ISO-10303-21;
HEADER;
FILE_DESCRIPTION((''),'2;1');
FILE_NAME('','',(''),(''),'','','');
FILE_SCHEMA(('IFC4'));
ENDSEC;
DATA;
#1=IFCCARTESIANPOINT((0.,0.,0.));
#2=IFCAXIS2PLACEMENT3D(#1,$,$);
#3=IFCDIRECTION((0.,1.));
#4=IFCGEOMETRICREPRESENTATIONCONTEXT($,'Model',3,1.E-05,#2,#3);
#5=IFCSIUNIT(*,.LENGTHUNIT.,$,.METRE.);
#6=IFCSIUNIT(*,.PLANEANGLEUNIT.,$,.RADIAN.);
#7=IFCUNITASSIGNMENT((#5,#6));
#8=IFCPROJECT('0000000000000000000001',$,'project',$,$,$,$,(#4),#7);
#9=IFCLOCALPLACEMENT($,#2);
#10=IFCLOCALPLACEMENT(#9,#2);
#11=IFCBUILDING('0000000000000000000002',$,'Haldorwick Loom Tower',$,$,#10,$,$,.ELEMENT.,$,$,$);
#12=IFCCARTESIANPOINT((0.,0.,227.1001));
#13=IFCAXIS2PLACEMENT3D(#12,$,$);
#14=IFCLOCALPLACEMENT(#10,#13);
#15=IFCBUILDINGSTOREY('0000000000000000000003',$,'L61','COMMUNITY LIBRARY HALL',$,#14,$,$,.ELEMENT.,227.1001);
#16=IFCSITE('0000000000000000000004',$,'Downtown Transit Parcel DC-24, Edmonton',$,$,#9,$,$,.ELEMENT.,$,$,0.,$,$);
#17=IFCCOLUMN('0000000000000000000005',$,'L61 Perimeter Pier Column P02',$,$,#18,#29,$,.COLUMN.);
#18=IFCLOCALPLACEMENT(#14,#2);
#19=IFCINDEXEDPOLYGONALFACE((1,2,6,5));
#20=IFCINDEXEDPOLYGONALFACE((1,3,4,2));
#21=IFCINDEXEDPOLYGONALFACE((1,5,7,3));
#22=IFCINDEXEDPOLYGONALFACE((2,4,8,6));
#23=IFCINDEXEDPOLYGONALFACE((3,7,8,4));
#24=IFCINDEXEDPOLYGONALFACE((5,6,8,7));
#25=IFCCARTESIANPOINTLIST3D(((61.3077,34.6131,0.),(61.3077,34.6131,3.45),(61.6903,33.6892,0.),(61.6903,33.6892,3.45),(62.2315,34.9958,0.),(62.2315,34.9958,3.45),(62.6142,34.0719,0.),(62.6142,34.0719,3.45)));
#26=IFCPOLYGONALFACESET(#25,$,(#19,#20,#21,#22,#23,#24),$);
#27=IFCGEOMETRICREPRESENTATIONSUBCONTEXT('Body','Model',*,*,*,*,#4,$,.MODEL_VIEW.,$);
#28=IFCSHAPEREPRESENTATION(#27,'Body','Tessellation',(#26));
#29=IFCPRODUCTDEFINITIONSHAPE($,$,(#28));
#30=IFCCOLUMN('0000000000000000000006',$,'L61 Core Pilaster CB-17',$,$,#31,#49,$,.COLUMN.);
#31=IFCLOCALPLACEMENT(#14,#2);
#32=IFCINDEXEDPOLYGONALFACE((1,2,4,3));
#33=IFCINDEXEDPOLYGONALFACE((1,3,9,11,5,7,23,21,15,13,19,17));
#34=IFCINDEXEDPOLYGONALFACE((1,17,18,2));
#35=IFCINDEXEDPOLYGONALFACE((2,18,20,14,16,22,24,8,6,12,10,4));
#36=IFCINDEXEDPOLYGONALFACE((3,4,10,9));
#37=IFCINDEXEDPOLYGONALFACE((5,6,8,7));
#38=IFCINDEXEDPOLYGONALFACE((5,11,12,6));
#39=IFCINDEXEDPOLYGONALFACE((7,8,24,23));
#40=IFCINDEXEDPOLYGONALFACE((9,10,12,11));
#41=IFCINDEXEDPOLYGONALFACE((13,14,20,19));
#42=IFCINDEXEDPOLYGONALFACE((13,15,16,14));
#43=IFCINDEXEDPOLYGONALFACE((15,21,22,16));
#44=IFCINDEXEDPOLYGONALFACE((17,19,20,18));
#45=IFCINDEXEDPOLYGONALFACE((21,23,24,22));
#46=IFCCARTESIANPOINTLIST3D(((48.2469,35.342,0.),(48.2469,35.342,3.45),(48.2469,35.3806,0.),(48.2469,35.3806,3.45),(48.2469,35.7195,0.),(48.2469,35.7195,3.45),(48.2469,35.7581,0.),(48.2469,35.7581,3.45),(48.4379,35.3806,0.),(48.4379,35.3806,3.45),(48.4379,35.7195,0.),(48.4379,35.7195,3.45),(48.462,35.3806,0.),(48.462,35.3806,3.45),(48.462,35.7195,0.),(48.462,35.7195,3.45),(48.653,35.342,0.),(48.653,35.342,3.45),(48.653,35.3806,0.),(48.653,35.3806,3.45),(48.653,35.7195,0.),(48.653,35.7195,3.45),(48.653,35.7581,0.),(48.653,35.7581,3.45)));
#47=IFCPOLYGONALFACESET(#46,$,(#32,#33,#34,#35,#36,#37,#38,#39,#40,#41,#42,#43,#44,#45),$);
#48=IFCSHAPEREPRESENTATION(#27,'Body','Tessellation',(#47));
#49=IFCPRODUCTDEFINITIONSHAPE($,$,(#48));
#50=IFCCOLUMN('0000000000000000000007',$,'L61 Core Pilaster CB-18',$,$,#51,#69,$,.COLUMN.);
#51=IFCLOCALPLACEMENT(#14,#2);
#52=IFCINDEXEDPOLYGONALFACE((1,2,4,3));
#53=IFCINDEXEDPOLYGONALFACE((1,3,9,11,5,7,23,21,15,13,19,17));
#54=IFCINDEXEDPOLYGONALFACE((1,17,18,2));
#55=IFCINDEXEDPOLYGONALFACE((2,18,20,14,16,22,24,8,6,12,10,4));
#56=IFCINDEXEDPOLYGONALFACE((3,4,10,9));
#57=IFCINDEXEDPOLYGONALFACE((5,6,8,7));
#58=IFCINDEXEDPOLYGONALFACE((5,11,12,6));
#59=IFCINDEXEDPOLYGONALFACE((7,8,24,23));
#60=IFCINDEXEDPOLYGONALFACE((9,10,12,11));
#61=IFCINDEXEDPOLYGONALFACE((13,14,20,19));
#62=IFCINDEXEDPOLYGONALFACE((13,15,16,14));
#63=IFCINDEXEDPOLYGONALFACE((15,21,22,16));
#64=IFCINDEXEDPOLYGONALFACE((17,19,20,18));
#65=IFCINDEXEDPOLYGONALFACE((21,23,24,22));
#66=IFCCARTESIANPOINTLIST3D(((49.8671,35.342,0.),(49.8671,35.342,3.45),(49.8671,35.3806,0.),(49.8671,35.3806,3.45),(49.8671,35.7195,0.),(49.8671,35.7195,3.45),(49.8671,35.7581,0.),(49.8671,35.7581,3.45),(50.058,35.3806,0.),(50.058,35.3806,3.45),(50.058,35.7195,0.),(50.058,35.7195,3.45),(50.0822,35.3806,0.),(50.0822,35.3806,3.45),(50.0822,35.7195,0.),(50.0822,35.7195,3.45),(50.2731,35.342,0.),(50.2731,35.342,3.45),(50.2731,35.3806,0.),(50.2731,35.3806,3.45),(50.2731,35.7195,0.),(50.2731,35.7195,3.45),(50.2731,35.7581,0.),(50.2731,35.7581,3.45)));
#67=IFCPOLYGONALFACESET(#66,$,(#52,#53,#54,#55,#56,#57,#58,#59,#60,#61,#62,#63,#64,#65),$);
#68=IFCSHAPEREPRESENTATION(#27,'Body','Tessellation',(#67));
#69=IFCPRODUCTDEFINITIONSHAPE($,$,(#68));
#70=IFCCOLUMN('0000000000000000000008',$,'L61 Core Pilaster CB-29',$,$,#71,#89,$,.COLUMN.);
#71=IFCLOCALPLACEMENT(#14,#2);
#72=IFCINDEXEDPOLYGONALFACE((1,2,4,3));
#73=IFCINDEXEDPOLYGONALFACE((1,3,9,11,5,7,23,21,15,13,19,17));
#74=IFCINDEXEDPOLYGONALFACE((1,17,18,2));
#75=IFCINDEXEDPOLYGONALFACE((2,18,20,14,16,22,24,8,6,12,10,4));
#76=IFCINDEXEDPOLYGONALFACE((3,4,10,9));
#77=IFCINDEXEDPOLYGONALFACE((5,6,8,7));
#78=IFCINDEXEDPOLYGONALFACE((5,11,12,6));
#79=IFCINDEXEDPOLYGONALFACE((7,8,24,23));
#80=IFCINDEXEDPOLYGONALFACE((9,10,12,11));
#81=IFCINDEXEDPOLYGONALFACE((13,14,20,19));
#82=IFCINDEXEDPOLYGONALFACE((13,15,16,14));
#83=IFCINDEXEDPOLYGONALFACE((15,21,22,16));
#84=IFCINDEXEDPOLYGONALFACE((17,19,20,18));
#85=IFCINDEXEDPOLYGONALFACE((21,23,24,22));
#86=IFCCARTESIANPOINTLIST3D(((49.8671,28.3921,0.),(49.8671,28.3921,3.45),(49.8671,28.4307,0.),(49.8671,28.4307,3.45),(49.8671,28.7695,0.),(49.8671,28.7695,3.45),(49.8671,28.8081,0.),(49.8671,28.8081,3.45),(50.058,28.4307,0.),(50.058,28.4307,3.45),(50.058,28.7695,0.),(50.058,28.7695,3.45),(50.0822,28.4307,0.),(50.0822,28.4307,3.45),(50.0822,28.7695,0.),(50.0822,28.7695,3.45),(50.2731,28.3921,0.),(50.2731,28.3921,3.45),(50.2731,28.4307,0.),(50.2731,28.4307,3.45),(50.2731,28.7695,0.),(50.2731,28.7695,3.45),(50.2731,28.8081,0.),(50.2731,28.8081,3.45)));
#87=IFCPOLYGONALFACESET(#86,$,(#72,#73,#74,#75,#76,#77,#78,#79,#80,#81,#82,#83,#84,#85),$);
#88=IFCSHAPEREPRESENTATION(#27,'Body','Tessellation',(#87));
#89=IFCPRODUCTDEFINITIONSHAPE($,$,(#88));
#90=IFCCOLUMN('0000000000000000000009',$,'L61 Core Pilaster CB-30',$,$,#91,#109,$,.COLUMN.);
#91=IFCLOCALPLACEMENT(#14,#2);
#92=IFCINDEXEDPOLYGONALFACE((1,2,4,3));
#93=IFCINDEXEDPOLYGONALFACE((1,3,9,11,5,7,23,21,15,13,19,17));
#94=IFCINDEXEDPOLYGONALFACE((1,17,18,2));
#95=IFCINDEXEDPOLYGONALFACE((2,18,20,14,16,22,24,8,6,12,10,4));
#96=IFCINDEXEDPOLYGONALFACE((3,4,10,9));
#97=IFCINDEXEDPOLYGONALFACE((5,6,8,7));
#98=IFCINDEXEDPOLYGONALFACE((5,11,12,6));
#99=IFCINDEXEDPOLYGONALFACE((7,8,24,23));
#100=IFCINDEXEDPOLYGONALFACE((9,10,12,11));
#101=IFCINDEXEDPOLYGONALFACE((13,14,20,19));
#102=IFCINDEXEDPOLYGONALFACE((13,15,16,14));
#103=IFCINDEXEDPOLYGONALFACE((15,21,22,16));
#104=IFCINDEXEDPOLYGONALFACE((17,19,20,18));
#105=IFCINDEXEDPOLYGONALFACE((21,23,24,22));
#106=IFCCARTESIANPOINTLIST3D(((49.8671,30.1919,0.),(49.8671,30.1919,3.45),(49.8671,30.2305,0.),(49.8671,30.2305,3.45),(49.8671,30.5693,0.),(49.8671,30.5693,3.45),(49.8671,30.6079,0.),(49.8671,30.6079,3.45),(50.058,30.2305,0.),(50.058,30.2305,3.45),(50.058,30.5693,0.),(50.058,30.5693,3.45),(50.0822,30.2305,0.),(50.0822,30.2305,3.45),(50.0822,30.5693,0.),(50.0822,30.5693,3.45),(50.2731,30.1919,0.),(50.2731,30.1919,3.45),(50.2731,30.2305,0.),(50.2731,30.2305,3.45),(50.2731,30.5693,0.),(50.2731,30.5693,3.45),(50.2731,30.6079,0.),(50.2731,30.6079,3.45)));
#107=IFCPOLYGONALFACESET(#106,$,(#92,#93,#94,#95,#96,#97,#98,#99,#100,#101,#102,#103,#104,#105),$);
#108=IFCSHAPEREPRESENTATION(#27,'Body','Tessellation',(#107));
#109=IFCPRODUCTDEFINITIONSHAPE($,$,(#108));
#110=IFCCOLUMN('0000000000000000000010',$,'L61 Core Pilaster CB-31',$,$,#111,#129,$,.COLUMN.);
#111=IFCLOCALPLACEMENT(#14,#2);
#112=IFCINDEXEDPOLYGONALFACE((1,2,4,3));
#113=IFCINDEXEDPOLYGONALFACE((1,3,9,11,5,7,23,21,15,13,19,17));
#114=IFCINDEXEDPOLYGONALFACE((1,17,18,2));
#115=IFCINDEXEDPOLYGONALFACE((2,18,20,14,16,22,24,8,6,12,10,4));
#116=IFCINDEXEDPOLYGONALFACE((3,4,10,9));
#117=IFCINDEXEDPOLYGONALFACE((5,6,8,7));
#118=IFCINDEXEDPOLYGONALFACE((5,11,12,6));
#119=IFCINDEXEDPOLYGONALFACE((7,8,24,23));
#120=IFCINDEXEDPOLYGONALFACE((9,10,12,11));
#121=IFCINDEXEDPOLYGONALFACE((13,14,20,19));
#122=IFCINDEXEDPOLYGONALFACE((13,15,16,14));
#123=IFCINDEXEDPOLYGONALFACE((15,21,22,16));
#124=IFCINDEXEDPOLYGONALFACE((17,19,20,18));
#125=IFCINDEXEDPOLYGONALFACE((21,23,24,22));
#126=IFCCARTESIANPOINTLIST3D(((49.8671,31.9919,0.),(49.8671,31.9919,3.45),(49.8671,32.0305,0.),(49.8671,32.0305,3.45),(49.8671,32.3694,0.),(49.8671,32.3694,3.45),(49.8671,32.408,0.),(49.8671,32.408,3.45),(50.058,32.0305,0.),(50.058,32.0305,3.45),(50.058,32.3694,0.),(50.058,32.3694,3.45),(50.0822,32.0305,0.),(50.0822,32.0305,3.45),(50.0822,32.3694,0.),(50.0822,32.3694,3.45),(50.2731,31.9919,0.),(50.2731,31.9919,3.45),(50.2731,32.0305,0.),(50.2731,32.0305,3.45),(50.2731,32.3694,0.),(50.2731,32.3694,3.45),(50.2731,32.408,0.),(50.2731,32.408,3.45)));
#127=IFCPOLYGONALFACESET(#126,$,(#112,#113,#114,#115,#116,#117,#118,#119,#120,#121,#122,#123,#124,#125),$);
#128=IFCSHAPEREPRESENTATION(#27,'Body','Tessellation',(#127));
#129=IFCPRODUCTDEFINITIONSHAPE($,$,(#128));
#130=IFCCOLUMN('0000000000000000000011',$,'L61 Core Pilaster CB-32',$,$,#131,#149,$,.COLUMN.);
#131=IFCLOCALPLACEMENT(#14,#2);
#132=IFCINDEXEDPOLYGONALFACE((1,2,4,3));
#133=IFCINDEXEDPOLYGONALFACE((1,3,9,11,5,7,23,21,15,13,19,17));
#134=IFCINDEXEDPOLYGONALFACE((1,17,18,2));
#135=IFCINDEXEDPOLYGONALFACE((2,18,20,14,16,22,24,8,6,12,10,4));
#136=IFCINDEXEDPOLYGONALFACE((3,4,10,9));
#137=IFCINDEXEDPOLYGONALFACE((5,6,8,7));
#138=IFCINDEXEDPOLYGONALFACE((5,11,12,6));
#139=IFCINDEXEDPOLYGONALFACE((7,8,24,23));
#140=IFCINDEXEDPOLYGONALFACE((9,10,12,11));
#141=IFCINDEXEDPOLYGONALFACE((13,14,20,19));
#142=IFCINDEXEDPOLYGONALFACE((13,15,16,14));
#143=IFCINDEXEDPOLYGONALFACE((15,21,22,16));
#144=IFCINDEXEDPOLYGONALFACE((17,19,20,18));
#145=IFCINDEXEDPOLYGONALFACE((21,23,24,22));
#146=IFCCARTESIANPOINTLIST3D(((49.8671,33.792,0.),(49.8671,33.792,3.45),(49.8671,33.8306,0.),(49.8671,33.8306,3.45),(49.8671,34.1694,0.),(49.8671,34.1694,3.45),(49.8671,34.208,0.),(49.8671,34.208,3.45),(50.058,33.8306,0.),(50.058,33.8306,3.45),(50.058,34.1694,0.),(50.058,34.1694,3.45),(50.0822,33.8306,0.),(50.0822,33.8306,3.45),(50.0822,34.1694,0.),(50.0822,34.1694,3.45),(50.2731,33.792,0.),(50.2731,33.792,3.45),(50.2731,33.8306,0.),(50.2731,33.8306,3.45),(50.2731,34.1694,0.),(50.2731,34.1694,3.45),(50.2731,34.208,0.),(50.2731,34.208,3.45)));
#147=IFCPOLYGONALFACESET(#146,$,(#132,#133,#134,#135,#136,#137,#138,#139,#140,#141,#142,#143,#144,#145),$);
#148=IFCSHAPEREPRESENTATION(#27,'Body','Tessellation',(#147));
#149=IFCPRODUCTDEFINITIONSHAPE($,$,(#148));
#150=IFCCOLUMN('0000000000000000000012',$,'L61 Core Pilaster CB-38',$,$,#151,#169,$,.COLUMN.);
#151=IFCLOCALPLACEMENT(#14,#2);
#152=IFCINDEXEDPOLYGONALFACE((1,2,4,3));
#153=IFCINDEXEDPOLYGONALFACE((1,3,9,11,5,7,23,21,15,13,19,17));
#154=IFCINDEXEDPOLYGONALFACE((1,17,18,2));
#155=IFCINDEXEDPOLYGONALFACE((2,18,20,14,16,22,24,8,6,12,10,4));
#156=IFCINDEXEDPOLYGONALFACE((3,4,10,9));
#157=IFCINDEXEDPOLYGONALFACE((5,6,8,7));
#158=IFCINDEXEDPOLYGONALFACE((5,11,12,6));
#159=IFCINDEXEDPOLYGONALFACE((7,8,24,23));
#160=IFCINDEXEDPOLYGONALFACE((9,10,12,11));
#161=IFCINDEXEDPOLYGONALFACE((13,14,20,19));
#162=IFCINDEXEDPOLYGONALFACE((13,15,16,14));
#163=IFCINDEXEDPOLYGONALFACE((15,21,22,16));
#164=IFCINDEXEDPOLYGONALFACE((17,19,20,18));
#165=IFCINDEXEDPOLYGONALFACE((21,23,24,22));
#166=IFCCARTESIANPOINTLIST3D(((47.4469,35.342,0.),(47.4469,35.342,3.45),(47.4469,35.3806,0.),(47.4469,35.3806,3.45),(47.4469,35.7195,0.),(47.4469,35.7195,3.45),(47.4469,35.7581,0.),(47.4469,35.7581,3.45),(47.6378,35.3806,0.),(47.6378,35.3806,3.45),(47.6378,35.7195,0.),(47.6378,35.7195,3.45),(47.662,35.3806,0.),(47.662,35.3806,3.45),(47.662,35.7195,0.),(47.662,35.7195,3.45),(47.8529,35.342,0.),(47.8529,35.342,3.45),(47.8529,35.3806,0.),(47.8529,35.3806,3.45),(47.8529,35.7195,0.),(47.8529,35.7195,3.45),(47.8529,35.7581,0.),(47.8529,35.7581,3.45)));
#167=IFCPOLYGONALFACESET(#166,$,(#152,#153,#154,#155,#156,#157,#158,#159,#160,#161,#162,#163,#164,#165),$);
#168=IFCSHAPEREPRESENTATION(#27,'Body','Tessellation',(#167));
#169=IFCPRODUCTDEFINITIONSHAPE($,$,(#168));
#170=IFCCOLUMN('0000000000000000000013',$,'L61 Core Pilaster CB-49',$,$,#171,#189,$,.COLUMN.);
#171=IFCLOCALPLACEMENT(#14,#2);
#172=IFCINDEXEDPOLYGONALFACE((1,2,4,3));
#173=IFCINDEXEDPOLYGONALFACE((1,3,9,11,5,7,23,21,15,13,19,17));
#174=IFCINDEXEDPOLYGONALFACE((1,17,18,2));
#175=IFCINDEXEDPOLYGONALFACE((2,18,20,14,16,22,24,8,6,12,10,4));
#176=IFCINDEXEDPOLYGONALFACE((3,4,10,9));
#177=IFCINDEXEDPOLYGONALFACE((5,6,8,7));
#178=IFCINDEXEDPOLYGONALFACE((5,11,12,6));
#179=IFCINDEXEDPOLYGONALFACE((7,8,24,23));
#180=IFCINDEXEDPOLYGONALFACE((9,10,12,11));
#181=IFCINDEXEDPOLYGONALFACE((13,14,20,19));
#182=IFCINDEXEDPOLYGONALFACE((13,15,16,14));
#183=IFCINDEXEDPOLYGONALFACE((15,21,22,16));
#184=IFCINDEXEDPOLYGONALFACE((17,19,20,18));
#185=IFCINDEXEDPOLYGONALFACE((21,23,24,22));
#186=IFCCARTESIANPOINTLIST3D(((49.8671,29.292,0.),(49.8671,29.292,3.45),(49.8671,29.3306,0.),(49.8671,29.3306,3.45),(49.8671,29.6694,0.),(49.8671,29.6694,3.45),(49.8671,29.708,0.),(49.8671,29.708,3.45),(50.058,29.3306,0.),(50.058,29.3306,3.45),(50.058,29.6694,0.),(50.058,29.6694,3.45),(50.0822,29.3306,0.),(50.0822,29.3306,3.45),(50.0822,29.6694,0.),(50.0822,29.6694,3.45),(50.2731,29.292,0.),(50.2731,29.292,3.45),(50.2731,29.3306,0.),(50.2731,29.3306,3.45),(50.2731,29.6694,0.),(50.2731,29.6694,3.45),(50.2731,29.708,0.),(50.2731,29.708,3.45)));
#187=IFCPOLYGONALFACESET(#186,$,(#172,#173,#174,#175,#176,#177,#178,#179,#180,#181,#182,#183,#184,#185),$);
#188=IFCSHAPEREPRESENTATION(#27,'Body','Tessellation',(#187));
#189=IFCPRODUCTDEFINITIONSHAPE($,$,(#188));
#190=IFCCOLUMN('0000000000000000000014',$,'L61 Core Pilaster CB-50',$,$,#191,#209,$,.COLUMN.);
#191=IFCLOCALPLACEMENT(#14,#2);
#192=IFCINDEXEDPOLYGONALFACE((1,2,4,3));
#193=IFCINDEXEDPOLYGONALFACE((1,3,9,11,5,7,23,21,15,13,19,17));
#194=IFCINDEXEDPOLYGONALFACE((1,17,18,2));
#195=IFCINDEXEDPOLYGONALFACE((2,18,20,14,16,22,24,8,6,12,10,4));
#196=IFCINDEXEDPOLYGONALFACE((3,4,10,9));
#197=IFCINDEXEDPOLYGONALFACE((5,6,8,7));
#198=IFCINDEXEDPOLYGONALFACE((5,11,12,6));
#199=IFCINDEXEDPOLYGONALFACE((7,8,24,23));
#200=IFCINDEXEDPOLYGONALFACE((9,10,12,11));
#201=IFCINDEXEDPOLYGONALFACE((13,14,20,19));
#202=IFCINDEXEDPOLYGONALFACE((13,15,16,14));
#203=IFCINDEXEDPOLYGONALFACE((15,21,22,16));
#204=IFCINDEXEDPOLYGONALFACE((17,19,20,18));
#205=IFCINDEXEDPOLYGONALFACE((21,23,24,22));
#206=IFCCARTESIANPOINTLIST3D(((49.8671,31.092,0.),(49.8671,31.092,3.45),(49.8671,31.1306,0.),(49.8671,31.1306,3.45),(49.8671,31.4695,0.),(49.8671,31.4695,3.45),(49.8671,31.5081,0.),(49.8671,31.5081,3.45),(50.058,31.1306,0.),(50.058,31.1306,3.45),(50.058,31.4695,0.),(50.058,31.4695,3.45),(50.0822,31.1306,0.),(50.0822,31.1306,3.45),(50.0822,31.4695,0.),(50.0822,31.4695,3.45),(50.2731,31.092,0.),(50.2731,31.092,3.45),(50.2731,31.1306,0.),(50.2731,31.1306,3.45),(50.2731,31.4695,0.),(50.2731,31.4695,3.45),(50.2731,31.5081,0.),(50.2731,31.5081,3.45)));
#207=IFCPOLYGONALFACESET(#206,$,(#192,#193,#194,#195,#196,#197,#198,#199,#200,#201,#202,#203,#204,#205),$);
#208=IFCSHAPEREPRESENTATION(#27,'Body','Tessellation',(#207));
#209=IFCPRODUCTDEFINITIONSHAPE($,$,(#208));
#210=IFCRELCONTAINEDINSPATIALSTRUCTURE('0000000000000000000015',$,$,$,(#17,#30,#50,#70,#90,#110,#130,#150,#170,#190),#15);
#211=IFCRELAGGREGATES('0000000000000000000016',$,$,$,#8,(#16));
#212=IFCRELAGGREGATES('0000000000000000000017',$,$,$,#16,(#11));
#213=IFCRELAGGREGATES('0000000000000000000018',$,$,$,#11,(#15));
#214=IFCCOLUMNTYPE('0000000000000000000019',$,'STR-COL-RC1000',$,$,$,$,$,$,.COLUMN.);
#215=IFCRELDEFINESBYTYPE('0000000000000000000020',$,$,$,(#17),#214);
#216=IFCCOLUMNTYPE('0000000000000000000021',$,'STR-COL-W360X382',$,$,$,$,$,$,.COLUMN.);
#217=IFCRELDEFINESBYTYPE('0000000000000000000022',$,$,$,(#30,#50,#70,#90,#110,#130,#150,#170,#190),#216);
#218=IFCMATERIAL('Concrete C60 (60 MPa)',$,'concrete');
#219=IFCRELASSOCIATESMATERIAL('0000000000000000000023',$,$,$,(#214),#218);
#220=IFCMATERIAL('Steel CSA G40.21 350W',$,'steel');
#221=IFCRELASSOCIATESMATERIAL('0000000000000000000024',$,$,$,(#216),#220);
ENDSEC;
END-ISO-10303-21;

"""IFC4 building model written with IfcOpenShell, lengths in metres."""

from ifc_helpers import new_model, si_unit, direction, frame, origin, origin_2d, place, context, subcontext, project, spatial, rectangle, i_section, extrude, material, material_profile, profile_set, type_object, element, save


model = new_model("IFC4")

# Units and contexts
model_context = context("Model", 3, precision=1e-05, world=origin(), true_north=direction((0.0, 1.0)))
body_context = subcontext(model_context, "Body", "Model", "MODEL_VIEW")
ifc_project = project(units=[si_unit("LENGTHUNIT", "METRE"), si_unit("PLANEANGLEUNIT", "RADIAN")], contexts=[model_context])

# Site, building, storey
site_placement = place(None, origin())
site = spatial("IfcSite", under=ifc_project, at=site_placement, Name="Downtown Transit Parcel DC-24, Edmonton", CompositionType="ELEMENT", RefElevation=0.0)
building_placement = place(site_placement, origin())
building = spatial("IfcBuilding", under=site, at=building_placement, Name="Haldorwick Loom Tower", CompositionType="ELEMENT")
storey_placement = place(building_placement, frame((0.0, 0.0, 227.1001)))
storey = spatial("IfcBuildingStorey", under=building, at=storey_placement, Name="L61", Description="COMMUNITY LIBRARY HALL", CompositionType="ELEMENT", Elevation=227.1001)

# Columns
ifc_material_1 = material(Name="Concrete C60 (60 MPa)", Category="concrete")
ifc_material_profile_1 = material_profile(ifc_material_1, rectangle(XDim=1.0, YDim=1.0, at=origin_2d()), Name="RC1000X1000", Category="concrete")
ifc_profile_set_1 = profile_set([ifc_material_profile_1], Name="Concrete C60 (60 MPa)")
column_type_1 = type_object("IfcColumnType", Name="STR-COL-RC1000", PredefinedType="COLUMN", material=ifc_profile_set_1)
column_placement = place(storey_placement, frame((61.9609, 34.3425, 0.0), z_axis=(0.0, 0.0, 1.0), x_axis=(0.92388, 0.382683, 0.0)))
element("IfcColumn", 1, at=column_placement, inside=storey, type_object=column_type_1, Name="L61 Perimeter Pier Column P02", PredefinedType="COLUMN", context=body_context, shape_type="SweptSolid", body=[
    extrude(rectangle(XDim=1.0, YDim=1.0, at=origin_2d()), origin(), (0.0, 0.0, 1.0), 3.45),
])
ifc_material_2 = material(Name="Steel CSA G40.21 350W", Category="steel")
ifc_material_profile_2 = material_profile(ifc_material_2, i_section(OverallWidth=0.406, OverallDepth=0.416, WebThickness=0.0242, FlangeThickness=0.0386, at=origin_2d()), Name="W360X382", Category="steel")
ifc_profile_set_2 = profile_set([ifc_material_profile_2], Name="Steel CSA G40.21 350W")
column_type_2 = type_object("IfcColumnType", Name="STR-COL-W360X382", PredefinedType="COLUMN", material=ifc_profile_set_2)
for number, where, z_axis, x_axis, name in (
    (2, (48.45, 35.55, 0.0), (0.0, 0.0, 1.0), (1.0, 0.0, 0.0), "L61 Core Pilaster CB-17"),
    (3, (50.0701, 35.55, 0.0), (0.0, 0.0, 1.0), (1.0, 0.0, 0.0), "L61 Core Pilaster CB-18"),
    (4, (50.0701, 28.6001, 0.0), (0.0, 0.0, 1.0), (1.0, 0.0, 0.0), "L61 Core Pilaster CB-29"),
    (5, (50.0701, 30.3999, 0.0), (0.0, 0.0, 1.0), (1.0, 0.0, 0.0), "L61 Core Pilaster CB-30"),
    (6, (50.0701, 32.2, 0.0), (0.0, 0.0, 1.0), (1.0, 0.0, 0.0), "L61 Core Pilaster CB-31"),
    (7, (50.0701, 34.0, 0.0), (0.0, 0.0, 1.0), (1.0, 0.0, 0.0), "L61 Core Pilaster CB-32"),
    (8, (47.6499, 35.55, 0.0), (0.0, 0.0, 1.0), (1.0, 0.0, 0.0), "L61 Core Pilaster CB-38"),
    (9, (50.0701, 29.5, 0.0), (0.0, 0.0, 1.0), (1.0, 0.0, 0.0), "L61 Core Pilaster CB-49"),
    (10, (50.0701, 31.3, 0.0), (0.0, 0.0, 1.0), (1.0, 0.0, 0.0), "L61 Core Pilaster CB-50"),
):
    element("IfcColumn", number, at=place(storey_placement, frame(where, z_axis=z_axis, x_axis=x_axis)), inside=storey, type_object=column_type_2, Name=name, PredefinedType="COLUMN", context=body_context, shape_type="SweptSolid", body=[
        extrude(i_section(OverallWidth=0.406, OverallDepth=0.416, WebThickness=0.0242, FlangeThickness=0.0386, at=origin_2d()), origin(), (0.0, 0.0, 1.0), 3.45),
    ])

save(model, "model.ifc")
